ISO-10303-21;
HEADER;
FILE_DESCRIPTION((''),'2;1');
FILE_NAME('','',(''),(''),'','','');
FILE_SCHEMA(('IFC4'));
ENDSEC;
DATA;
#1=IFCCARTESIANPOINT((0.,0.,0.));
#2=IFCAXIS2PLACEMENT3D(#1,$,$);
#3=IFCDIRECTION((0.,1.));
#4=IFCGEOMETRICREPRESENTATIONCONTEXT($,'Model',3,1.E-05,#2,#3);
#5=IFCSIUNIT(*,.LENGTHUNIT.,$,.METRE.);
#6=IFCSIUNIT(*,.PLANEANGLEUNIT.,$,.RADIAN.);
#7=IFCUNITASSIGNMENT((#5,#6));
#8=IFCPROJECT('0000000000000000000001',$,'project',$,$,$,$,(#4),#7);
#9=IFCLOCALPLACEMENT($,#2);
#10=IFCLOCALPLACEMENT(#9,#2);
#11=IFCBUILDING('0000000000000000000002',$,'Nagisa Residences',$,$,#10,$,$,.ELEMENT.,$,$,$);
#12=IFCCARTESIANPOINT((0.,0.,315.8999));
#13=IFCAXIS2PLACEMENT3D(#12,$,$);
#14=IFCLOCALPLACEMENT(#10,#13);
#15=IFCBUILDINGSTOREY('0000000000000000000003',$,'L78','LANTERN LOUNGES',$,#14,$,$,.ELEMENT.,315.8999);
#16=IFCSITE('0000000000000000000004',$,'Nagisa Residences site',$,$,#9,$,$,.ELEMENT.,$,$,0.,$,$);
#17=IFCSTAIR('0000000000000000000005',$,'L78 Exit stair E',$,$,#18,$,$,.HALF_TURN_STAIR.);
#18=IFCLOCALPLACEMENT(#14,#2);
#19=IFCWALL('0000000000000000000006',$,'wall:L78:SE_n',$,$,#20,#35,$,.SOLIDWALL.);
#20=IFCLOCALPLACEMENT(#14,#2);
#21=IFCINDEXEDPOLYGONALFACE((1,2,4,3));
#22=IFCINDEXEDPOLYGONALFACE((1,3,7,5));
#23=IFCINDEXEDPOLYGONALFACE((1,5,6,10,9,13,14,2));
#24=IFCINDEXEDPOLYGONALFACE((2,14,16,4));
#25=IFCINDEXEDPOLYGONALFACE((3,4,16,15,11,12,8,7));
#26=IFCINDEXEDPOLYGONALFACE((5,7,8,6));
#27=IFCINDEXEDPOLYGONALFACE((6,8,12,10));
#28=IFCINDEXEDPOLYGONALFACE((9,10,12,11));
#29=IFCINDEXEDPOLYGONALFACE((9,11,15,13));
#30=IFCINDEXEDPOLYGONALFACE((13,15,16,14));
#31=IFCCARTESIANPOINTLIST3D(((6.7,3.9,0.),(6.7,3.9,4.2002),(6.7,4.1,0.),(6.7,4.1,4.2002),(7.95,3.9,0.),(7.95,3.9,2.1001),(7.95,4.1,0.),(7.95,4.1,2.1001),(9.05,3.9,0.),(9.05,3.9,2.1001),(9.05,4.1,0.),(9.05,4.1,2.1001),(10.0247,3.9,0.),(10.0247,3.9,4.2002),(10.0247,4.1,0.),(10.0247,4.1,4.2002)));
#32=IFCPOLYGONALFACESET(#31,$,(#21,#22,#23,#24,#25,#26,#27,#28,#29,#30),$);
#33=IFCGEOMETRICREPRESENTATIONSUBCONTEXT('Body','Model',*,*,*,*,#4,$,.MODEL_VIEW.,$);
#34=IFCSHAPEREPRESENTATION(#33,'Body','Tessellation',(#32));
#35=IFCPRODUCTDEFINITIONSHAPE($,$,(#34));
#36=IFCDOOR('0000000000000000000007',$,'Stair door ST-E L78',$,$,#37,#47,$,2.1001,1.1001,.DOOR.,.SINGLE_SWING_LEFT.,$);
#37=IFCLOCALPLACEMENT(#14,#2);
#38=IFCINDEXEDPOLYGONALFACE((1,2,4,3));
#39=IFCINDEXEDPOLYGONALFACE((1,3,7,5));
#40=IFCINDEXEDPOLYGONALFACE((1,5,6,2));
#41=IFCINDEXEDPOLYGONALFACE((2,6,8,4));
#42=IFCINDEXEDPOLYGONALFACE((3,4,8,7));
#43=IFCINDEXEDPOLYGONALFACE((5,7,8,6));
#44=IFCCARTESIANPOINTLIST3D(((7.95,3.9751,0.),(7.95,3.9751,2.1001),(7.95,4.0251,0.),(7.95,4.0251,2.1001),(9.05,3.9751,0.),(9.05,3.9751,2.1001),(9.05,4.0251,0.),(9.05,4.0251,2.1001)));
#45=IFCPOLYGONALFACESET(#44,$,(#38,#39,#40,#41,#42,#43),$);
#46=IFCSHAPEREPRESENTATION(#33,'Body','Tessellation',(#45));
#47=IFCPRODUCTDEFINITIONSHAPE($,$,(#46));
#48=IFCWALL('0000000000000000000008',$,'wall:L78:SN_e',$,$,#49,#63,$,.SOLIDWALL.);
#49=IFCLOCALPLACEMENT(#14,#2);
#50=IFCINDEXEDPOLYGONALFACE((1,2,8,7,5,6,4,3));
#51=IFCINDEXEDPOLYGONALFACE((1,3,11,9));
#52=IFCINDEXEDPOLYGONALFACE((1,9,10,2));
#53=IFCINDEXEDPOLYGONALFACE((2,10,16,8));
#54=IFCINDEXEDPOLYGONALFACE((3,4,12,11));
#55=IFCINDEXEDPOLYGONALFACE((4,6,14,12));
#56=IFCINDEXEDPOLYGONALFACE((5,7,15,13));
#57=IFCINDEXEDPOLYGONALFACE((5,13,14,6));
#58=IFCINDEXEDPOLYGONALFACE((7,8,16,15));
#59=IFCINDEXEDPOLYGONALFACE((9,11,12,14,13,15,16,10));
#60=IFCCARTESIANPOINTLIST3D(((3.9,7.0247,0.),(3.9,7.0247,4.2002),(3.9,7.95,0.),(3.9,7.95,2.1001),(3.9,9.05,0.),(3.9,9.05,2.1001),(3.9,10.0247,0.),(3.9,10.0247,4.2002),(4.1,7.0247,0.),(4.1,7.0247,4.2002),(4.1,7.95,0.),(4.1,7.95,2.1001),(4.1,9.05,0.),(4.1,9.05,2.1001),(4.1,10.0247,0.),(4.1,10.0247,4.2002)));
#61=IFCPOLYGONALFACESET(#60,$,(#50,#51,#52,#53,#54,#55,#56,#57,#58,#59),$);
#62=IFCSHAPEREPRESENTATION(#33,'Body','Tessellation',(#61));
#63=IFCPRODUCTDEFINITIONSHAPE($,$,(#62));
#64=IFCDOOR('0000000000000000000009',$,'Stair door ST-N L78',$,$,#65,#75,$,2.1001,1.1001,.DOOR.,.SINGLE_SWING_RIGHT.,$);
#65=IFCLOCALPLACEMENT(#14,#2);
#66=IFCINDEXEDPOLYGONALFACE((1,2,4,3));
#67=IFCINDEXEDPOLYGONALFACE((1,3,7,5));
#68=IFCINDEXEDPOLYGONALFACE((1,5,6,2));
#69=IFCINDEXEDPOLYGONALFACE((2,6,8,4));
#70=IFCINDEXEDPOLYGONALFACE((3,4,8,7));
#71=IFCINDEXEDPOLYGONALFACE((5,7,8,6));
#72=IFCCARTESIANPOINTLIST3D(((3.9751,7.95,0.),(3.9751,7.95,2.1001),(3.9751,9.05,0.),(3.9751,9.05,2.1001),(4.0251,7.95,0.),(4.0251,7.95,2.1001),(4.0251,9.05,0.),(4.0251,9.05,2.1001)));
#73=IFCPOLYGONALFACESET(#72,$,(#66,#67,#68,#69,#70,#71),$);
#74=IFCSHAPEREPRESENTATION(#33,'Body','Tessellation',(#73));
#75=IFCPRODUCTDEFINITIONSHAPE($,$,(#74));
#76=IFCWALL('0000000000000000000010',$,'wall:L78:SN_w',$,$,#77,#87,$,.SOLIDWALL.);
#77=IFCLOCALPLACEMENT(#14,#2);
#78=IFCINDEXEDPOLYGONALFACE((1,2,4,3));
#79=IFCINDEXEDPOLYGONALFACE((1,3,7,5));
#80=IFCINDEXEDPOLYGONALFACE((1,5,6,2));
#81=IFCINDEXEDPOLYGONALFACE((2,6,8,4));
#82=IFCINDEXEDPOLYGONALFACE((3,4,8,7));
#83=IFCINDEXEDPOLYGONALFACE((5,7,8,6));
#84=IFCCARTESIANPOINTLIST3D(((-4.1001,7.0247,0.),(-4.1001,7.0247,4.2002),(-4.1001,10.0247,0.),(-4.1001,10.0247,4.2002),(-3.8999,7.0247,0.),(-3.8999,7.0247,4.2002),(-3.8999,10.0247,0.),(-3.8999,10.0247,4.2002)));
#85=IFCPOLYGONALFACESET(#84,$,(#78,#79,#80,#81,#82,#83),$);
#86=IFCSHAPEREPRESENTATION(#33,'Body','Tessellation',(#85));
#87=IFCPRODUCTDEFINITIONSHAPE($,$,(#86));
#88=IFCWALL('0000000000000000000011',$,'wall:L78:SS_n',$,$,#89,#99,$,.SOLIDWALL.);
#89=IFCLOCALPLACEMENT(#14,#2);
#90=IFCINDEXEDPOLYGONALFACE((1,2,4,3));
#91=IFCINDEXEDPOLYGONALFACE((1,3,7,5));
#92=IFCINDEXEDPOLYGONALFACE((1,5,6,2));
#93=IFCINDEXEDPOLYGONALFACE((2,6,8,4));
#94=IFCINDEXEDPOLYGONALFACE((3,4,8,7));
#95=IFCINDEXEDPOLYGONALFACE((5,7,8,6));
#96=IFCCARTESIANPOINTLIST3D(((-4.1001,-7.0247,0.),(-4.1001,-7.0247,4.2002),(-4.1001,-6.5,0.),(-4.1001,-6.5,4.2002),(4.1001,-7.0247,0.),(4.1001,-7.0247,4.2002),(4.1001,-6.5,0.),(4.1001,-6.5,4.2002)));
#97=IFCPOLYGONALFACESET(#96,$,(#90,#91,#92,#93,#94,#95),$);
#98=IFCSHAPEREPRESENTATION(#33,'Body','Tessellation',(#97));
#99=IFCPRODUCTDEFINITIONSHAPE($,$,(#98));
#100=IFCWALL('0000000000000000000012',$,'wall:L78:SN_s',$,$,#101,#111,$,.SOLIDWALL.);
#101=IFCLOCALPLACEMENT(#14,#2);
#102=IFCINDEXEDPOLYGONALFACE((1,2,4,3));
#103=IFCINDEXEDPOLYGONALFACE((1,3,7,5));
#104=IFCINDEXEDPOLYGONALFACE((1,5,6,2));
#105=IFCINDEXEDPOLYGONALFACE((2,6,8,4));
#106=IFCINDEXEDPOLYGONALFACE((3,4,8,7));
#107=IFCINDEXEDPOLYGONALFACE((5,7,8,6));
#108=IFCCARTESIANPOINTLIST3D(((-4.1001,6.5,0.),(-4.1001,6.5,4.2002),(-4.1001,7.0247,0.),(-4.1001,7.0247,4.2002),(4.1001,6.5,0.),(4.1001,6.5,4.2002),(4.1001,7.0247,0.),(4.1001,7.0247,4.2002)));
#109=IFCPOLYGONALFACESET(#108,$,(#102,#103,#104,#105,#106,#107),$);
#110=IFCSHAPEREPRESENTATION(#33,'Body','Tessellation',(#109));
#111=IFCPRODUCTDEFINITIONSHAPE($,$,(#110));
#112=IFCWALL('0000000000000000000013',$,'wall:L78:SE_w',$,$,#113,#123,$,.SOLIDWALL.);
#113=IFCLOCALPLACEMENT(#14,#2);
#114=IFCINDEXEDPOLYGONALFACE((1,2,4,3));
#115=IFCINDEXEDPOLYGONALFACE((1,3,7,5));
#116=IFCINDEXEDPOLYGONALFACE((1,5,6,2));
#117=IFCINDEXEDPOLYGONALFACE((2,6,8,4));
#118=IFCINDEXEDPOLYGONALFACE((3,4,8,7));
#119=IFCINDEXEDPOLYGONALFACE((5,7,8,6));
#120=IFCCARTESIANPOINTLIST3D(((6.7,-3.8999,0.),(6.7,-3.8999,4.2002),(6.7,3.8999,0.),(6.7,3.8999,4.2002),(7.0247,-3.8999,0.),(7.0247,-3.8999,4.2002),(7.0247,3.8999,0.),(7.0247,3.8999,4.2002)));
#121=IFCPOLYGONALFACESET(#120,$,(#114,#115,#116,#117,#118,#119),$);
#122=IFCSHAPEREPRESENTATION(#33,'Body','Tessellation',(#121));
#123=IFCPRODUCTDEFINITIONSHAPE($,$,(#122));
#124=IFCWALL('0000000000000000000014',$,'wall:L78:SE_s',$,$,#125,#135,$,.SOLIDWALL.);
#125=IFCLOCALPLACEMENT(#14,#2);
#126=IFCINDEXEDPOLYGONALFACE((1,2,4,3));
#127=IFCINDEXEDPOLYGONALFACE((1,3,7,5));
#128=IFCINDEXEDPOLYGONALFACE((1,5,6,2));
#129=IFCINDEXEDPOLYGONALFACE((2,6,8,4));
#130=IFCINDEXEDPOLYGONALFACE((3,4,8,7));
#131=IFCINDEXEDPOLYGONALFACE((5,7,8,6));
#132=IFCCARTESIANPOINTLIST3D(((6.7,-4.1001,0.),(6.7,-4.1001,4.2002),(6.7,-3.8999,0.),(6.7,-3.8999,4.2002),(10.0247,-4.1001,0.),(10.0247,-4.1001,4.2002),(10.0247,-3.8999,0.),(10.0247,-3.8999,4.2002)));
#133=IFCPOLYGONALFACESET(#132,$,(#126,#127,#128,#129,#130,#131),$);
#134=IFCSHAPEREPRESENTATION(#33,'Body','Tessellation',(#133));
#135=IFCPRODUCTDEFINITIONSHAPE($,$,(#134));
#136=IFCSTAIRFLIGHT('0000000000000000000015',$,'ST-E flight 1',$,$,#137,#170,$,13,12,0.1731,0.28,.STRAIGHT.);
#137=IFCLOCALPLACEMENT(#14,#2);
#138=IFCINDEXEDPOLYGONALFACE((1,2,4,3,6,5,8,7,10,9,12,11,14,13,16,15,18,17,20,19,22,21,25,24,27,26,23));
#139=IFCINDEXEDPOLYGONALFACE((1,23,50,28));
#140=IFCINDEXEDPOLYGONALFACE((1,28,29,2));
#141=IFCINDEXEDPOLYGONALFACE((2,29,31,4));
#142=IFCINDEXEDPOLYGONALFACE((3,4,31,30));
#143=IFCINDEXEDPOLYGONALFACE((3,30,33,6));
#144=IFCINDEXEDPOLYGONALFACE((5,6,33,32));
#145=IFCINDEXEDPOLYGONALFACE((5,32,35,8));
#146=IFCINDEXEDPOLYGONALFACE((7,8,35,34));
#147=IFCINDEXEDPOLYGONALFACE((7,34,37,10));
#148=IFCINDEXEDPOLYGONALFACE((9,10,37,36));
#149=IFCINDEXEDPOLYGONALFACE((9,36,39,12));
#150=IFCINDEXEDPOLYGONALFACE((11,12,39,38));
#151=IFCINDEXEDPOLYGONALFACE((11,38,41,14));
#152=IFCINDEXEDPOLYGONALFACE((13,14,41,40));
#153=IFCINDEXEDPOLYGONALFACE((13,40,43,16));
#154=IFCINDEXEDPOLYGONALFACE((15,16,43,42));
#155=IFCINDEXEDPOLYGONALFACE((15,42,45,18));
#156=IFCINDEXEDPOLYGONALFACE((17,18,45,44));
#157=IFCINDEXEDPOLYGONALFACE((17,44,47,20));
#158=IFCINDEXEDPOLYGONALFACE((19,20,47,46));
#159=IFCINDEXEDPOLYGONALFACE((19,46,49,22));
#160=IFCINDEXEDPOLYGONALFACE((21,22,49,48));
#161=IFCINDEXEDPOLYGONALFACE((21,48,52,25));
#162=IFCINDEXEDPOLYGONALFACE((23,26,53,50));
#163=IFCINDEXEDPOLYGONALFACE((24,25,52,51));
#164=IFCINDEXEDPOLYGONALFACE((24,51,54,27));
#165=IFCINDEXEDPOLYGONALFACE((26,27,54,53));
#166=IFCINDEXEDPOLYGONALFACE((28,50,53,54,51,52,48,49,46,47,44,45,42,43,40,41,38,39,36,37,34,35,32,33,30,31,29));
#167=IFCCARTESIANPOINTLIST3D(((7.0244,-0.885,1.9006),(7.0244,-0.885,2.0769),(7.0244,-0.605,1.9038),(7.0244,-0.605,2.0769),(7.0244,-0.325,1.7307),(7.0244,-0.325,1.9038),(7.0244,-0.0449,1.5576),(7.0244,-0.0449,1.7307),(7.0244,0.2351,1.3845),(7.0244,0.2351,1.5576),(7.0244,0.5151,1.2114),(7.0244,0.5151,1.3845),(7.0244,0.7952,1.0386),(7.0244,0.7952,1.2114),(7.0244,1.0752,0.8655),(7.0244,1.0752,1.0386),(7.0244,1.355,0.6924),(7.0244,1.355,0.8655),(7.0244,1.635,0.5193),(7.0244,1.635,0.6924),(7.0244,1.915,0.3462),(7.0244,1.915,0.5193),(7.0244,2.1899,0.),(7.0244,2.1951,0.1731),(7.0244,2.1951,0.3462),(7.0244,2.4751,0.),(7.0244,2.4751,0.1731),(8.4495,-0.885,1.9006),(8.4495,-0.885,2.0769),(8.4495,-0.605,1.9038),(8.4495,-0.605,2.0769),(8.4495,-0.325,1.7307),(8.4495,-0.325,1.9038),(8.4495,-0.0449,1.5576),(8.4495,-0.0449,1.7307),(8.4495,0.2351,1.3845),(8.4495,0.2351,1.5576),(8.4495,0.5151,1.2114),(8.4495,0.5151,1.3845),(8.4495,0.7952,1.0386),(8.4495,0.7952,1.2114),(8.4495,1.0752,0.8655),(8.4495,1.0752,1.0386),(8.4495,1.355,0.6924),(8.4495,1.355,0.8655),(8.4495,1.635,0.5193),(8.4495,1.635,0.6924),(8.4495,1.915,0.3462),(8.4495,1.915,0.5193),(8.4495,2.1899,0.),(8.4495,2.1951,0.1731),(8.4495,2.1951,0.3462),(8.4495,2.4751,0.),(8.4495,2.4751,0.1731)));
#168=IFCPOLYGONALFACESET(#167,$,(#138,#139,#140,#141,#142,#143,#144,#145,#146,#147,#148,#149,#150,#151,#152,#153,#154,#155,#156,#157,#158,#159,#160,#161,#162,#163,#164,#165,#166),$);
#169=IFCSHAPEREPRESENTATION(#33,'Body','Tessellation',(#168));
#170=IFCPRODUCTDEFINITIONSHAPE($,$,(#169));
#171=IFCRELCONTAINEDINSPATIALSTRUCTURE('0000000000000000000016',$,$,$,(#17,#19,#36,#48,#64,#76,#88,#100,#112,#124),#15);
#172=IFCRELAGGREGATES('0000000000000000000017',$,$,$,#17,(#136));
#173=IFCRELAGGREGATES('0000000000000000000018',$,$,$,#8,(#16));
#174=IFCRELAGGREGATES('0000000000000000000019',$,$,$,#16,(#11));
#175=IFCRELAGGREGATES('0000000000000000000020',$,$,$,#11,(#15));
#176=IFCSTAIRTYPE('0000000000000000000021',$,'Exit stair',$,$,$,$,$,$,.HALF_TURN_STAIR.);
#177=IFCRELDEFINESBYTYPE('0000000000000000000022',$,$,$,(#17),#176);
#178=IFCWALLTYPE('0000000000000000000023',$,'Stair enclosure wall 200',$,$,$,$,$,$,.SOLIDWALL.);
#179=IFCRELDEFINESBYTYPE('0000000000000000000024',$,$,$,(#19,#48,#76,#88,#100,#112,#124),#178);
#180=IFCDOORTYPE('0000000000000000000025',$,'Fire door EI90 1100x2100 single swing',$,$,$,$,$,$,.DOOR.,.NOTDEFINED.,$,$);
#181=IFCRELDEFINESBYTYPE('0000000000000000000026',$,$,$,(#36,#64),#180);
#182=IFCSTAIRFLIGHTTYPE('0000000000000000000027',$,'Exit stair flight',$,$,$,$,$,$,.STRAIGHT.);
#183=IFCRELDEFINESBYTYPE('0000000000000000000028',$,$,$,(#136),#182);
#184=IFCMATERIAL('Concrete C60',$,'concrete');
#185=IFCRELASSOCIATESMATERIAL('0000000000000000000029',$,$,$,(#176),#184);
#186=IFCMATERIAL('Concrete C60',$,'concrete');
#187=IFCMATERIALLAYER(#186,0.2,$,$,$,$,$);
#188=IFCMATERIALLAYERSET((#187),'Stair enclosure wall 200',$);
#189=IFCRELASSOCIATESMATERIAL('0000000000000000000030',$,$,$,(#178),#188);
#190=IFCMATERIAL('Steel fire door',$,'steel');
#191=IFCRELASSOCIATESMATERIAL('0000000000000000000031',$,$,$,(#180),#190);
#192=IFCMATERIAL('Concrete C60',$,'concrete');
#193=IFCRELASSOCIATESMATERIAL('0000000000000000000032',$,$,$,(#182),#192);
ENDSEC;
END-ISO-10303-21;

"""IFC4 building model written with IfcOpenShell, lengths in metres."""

from ifc_helpers import new_model, si_unit, direction, frame, frame_2d, origin, place, context, subcontext, project, spatial, polyline, rectangle, outline, extrude, material, layer, layer_set, type_object, element, fill, aggregate, save


model = new_model("IFC4")

# Units and contexts
model_context = context("Model", 3, precision=1e-05, world=origin(), true_north=direction((0.0, 1.0)))
body_context = subcontext(model_context, "Body", "Model", "MODEL_VIEW")
ifc_project = project(units=[si_unit("LENGTHUNIT", "METRE"), si_unit("PLANEANGLEUNIT", "RADIAN")], contexts=[model_context])

# Site, building, storey
site_placement = place(None, origin())
site = spatial("IfcSite", under=ifc_project, at=site_placement, Name="Nagisa Residences site", CompositionType="ELEMENT", RefElevation=0.0)
building_placement = place(site_placement, origin())
building = spatial("IfcBuilding", under=site, at=building_placement, Name="Nagisa Residences", CompositionType="ELEMENT")
storey_placement = place(building_placement, frame((0.0, 0.0, 315.8999)))
storey = spatial("IfcBuildingStorey", under=building, at=storey_placement, Name="L78", Description="LANTERN LOUNGES", CompositionType="ELEMENT", Elevation=315.8999)

# Stair
ifc_material_1 = material(Name="Concrete C60", Category="concrete")
stair_type = type_object("IfcStairType", Name="Exit stair", PredefinedType="HALF_TURN_STAIR", material=ifc_material_1)
stair_1_placement = place(storey_placement, origin())
stair_1 = element("IfcStair", 1, at=stair_1_placement, inside=storey, type_object=stair_type, Name="L78 Exit stair E", PredefinedType="HALF_TURN_STAIR")

# Walls, openings, doors
ifc_material_2 = material(Name="Concrete C60", Category="concrete")
ifc_layer_1 = layer(ifc_material_2, 0.2)
ifc_layer_set_1 = layer_set([ifc_layer_1], Name="Stair enclosure wall 200")
wall_type_1 = type_object("IfcWallType", Name="Stair enclosure wall 200", PredefinedType="SOLIDWALL", material=ifc_layer_set_1)
wall_1_placement = place(storey_placement, frame((6.7, 4.0, 0.0), z_axis=(0.0, 0.0, 1.0), x_axis=(1.0, 0.0, 0.0)))
wall_1 = element("IfcWall", 2, at=wall_1_placement, inside=storey, type_object=wall_type_1, Name="wall:L78:SE_n", PredefinedType="SOLIDWALL", context=body_context, shape_type="SweptSolid", body=[
    extrude(rectangle(XDim=3.3247, YDim=0.2, at=frame_2d((1.6624, 0.0))), origin(), (0.0, 0.0, 1.0), 4.2002),
])
opening_1_placement = place(wall_1_placement, frame((1.25, 0.0, 0.0)))
opening_1 = element("IfcOpeningElement", 3, at=opening_1_placement, cuts=wall_1, PredefinedType="OPENING", context=body_context, shape_type="SweptSolid", body=[
    extrude(rectangle(XDim=1.1001, YDim=2.1001, at=frame_2d((0.55, 1.05))), frame((0.0, 0.1099, 0.0), z_axis=(0.0, -1.0, 0.0), x_axis=(1.0, 0.0, 0.0)), (0.0, 0.0, 1.0), 0.22),
])
ifc_material_3 = material(Name="Steel fire door", Category="steel")
door_type_1 = type_object("IfcDoorType", Name="Fire door EI90 1100x2100 single swing", OperationType="NOTDEFINED", PredefinedType="DOOR", material=ifc_material_3)
door_1_placement = place(opening_1_placement, frame((1.1001, 0.0, 0.0), x_axis=(-1.0, 0.0, 0.0)))
door_1 = element("IfcDoor", 4, at=door_1_placement, inside=storey, type_object=door_type_1, Name="Stair door ST-E L78", OperationType="SINGLE_SWING_LEFT", OverallHeight=2.1001, OverallWidth=1.1001, PredefinedType="DOOR", context=body_context, shape_type="SweptSolid", body=[
    extrude(rectangle(XDim=1.1001, YDim=2.1001, at=frame_2d((0.55, 1.05))), frame((0.0, 0.0249, 0.0), z_axis=(0.0, -1.0, 0.0), x_axis=(1.0, 0.0, 0.0)), (0.0, 0.0, 1.0), 0.05),
])
fill(opening_1, door_1)
wall_2_placement = place(storey_placement, frame((4.0, 7.0247, 0.0), z_axis=(0.0, 0.0, 1.0), x_axis=(0.0, 1.0, 0.0)))
wall_2 = element("IfcWall", 5, at=wall_2_placement, inside=storey, type_object=wall_type_1, Name="wall:L78:SN_e", PredefinedType="SOLIDWALL", context=body_context, shape_type="SweptSolid", body=[
    extrude(rectangle(XDim=3.0, YDim=0.2, at=frame_2d((1.5, 0.0))), origin(), (0.0, 0.0, 1.0), 4.2002),
])
opening_2_placement = place(wall_2_placement, frame((0.9253, 0.0, 0.0)))
opening_2 = element("IfcOpeningElement", 6, at=opening_2_placement, cuts=wall_2, PredefinedType="OPENING", context=body_context, shape_type="SweptSolid", body=[
    extrude(rectangle(XDim=1.1001, YDim=2.1001, at=frame_2d((0.55, 1.05))), frame((0.0, 0.1099, 0.0), z_axis=(0.0, -1.0, 0.0), x_axis=(1.0, 0.0, 0.0)), (0.0, 0.0, 1.0), 0.22),
])
door_2_placement = place(opening_2_placement, origin())
door_2 = element("IfcDoor", 7, at=door_2_placement, inside=storey, type_object=door_type_1, Name="Stair door ST-N L78", OperationType="SINGLE_SWING_RIGHT", OverallHeight=2.1001, OverallWidth=1.1001, PredefinedType="DOOR", context=body_context, shape_type="SweptSolid", body=[
    extrude(rectangle(XDim=1.1001, YDim=2.1001, at=frame_2d((0.55, 1.05))), frame((0.0, 0.0249, 0.0), z_axis=(0.0, -1.0, 0.0), x_axis=(1.0, 0.0, 0.0)), (0.0, 0.0, 1.0), 0.05),
])
fill(opening_2, door_2)

# Walls
wall_3_placement = place(storey_placement, origin())
element("IfcWall", 8, at=wall_3_placement, inside=storey, type_object=wall_type_1, Name="wall:L78:SN_w", PredefinedType="SOLIDWALL", context=body_context, shape_type="SweptSolid", body=[
    extrude(outline(polyline([(-3.8999, 7.0247), (-4.1001, 7.0247), (-4.1001, 10.0247), (-3.8999, 10.0247), (-3.8999, 7.0247)])), origin(), (0.0, 0.0, 1.0), 4.2002),
])
wall_4_placement = place(storey_placement, origin())
element("IfcWall", 9, at=wall_4_placement, inside=storey, type_object=wall_type_1, Name="wall:L78:SS_n", PredefinedType="SOLIDWALL", context=body_context, shape_type="SweptSolid", body=[
    extrude(outline(polyline([(4.1001, -7.0247), (-4.1001, -7.0247), (-4.1001, -6.5), (4.1001, -6.5), (4.1001, -7.0247)])), origin(), (0.0, 0.0, 1.0), 4.2002),
])
wall_5_placement = place(storey_placement, origin())
element("IfcWall", 10, at=wall_5_placement, inside=storey, type_object=wall_type_1, Name="wall:L78:SN_s", PredefinedType="SOLIDWALL", context=body_context, shape_type="SweptSolid", body=[
    extrude(outline(polyline([(4.1001, 6.5), (-4.1001, 6.5), (-4.1001, 7.0247), (4.1001, 7.0247), (4.1001, 6.5)])), origin(), (0.0, 0.0, 1.0), 4.2002),
])
wall_6_placement = place(storey_placement, origin())
element("IfcWall", 11, at=wall_6_placement, inside=storey, type_object=wall_type_1, Name="wall:L78:SE_w", PredefinedType="SOLIDWALL", context=body_context, shape_type="SweptSolid", body=[
    extrude(outline(polyline([(7.0247, -3.8999), (6.7, -3.8999), (6.7, 3.8999), (7.0247, 3.8999), (7.0247, -3.8999)])), origin(), (0.0, 0.0, 1.0), 4.2002),
])
wall_7_placement = place(storey_placement, origin())
element("IfcWall", 12, at=wall_7_placement, inside=storey, type_object=wall_type_1, Name="wall:L78:SE_s", PredefinedType="SOLIDWALL", context=body_context, shape_type="SweptSolid", body=[
    extrude(outline(polyline([(10.0247, -4.1001), (6.7, -4.1001), (6.7, -3.8999), (10.0247, -3.8999), (10.0247, -4.1001)])), origin(), (0.0, 0.0, 1.0), 4.2002),
])

# Stair flight
ifc_material_4 = material(Name="Concrete C60", Category="concrete")
stair_flight_type = type_object("IfcStairFlightType", Name="Exit stair flight", PredefinedType="STRAIGHT", material=ifc_material_4)
stair_flight_placement = place(storey_placement, frame((7.7371, 2.4751, 0.0), z_axis=(0.0, 0.0, 1.0), x_axis=(0.0, -1.0, 0.0)))
stair_flight = element("IfcStairFlight", 13, at=stair_flight_placement, type_object=stair_flight_type, Name="ST-E flight 1", NumberOfRisers=13, NumberOfTreads=12, PredefinedType="STRAIGHT", RiserHeight=0.1731, TreadLength=0.28, context=body_context, shape_type="SweptSolid", body=[
    extrude(outline(polyline([(0.0, 0.0), (0.0, 0.1731), (0.28, 0.1731), (0.28, 0.3462), (0.5601, 0.3462), (0.5601, 0.5193), (0.8401, 0.5193), (0.8401, 0.6924), (1.1201, 0.6924), (1.1201, 0.8655), (1.3999, 0.8655), (1.3999, 1.0386), (1.6799, 1.0386), (1.6799, 1.2114), (1.96, 1.2114), (1.96, 1.3845), (2.24, 1.3845), (2.24, 1.5576), (2.52, 1.5576), (2.52, 1.7307), (2.8, 1.7307), (2.8, 1.9038), (3.0801, 1.9038), (3.0801, 2.0769), (3.3601, 2.0769), (3.3601, 2.25), (3.3601, 1.9006), (0.2852, 0.0), (0.0, 0.0)])), frame((0.0, 0.7124, 0.0), z_axis=(0.0, -1.0, 0.0), x_axis=(1.0, 0.0, 0.0)), (0.0, 0.0, 1.0), 1.425),
])
aggregate(stair_1, [stair_flight])

save(model, "model.ifc")
